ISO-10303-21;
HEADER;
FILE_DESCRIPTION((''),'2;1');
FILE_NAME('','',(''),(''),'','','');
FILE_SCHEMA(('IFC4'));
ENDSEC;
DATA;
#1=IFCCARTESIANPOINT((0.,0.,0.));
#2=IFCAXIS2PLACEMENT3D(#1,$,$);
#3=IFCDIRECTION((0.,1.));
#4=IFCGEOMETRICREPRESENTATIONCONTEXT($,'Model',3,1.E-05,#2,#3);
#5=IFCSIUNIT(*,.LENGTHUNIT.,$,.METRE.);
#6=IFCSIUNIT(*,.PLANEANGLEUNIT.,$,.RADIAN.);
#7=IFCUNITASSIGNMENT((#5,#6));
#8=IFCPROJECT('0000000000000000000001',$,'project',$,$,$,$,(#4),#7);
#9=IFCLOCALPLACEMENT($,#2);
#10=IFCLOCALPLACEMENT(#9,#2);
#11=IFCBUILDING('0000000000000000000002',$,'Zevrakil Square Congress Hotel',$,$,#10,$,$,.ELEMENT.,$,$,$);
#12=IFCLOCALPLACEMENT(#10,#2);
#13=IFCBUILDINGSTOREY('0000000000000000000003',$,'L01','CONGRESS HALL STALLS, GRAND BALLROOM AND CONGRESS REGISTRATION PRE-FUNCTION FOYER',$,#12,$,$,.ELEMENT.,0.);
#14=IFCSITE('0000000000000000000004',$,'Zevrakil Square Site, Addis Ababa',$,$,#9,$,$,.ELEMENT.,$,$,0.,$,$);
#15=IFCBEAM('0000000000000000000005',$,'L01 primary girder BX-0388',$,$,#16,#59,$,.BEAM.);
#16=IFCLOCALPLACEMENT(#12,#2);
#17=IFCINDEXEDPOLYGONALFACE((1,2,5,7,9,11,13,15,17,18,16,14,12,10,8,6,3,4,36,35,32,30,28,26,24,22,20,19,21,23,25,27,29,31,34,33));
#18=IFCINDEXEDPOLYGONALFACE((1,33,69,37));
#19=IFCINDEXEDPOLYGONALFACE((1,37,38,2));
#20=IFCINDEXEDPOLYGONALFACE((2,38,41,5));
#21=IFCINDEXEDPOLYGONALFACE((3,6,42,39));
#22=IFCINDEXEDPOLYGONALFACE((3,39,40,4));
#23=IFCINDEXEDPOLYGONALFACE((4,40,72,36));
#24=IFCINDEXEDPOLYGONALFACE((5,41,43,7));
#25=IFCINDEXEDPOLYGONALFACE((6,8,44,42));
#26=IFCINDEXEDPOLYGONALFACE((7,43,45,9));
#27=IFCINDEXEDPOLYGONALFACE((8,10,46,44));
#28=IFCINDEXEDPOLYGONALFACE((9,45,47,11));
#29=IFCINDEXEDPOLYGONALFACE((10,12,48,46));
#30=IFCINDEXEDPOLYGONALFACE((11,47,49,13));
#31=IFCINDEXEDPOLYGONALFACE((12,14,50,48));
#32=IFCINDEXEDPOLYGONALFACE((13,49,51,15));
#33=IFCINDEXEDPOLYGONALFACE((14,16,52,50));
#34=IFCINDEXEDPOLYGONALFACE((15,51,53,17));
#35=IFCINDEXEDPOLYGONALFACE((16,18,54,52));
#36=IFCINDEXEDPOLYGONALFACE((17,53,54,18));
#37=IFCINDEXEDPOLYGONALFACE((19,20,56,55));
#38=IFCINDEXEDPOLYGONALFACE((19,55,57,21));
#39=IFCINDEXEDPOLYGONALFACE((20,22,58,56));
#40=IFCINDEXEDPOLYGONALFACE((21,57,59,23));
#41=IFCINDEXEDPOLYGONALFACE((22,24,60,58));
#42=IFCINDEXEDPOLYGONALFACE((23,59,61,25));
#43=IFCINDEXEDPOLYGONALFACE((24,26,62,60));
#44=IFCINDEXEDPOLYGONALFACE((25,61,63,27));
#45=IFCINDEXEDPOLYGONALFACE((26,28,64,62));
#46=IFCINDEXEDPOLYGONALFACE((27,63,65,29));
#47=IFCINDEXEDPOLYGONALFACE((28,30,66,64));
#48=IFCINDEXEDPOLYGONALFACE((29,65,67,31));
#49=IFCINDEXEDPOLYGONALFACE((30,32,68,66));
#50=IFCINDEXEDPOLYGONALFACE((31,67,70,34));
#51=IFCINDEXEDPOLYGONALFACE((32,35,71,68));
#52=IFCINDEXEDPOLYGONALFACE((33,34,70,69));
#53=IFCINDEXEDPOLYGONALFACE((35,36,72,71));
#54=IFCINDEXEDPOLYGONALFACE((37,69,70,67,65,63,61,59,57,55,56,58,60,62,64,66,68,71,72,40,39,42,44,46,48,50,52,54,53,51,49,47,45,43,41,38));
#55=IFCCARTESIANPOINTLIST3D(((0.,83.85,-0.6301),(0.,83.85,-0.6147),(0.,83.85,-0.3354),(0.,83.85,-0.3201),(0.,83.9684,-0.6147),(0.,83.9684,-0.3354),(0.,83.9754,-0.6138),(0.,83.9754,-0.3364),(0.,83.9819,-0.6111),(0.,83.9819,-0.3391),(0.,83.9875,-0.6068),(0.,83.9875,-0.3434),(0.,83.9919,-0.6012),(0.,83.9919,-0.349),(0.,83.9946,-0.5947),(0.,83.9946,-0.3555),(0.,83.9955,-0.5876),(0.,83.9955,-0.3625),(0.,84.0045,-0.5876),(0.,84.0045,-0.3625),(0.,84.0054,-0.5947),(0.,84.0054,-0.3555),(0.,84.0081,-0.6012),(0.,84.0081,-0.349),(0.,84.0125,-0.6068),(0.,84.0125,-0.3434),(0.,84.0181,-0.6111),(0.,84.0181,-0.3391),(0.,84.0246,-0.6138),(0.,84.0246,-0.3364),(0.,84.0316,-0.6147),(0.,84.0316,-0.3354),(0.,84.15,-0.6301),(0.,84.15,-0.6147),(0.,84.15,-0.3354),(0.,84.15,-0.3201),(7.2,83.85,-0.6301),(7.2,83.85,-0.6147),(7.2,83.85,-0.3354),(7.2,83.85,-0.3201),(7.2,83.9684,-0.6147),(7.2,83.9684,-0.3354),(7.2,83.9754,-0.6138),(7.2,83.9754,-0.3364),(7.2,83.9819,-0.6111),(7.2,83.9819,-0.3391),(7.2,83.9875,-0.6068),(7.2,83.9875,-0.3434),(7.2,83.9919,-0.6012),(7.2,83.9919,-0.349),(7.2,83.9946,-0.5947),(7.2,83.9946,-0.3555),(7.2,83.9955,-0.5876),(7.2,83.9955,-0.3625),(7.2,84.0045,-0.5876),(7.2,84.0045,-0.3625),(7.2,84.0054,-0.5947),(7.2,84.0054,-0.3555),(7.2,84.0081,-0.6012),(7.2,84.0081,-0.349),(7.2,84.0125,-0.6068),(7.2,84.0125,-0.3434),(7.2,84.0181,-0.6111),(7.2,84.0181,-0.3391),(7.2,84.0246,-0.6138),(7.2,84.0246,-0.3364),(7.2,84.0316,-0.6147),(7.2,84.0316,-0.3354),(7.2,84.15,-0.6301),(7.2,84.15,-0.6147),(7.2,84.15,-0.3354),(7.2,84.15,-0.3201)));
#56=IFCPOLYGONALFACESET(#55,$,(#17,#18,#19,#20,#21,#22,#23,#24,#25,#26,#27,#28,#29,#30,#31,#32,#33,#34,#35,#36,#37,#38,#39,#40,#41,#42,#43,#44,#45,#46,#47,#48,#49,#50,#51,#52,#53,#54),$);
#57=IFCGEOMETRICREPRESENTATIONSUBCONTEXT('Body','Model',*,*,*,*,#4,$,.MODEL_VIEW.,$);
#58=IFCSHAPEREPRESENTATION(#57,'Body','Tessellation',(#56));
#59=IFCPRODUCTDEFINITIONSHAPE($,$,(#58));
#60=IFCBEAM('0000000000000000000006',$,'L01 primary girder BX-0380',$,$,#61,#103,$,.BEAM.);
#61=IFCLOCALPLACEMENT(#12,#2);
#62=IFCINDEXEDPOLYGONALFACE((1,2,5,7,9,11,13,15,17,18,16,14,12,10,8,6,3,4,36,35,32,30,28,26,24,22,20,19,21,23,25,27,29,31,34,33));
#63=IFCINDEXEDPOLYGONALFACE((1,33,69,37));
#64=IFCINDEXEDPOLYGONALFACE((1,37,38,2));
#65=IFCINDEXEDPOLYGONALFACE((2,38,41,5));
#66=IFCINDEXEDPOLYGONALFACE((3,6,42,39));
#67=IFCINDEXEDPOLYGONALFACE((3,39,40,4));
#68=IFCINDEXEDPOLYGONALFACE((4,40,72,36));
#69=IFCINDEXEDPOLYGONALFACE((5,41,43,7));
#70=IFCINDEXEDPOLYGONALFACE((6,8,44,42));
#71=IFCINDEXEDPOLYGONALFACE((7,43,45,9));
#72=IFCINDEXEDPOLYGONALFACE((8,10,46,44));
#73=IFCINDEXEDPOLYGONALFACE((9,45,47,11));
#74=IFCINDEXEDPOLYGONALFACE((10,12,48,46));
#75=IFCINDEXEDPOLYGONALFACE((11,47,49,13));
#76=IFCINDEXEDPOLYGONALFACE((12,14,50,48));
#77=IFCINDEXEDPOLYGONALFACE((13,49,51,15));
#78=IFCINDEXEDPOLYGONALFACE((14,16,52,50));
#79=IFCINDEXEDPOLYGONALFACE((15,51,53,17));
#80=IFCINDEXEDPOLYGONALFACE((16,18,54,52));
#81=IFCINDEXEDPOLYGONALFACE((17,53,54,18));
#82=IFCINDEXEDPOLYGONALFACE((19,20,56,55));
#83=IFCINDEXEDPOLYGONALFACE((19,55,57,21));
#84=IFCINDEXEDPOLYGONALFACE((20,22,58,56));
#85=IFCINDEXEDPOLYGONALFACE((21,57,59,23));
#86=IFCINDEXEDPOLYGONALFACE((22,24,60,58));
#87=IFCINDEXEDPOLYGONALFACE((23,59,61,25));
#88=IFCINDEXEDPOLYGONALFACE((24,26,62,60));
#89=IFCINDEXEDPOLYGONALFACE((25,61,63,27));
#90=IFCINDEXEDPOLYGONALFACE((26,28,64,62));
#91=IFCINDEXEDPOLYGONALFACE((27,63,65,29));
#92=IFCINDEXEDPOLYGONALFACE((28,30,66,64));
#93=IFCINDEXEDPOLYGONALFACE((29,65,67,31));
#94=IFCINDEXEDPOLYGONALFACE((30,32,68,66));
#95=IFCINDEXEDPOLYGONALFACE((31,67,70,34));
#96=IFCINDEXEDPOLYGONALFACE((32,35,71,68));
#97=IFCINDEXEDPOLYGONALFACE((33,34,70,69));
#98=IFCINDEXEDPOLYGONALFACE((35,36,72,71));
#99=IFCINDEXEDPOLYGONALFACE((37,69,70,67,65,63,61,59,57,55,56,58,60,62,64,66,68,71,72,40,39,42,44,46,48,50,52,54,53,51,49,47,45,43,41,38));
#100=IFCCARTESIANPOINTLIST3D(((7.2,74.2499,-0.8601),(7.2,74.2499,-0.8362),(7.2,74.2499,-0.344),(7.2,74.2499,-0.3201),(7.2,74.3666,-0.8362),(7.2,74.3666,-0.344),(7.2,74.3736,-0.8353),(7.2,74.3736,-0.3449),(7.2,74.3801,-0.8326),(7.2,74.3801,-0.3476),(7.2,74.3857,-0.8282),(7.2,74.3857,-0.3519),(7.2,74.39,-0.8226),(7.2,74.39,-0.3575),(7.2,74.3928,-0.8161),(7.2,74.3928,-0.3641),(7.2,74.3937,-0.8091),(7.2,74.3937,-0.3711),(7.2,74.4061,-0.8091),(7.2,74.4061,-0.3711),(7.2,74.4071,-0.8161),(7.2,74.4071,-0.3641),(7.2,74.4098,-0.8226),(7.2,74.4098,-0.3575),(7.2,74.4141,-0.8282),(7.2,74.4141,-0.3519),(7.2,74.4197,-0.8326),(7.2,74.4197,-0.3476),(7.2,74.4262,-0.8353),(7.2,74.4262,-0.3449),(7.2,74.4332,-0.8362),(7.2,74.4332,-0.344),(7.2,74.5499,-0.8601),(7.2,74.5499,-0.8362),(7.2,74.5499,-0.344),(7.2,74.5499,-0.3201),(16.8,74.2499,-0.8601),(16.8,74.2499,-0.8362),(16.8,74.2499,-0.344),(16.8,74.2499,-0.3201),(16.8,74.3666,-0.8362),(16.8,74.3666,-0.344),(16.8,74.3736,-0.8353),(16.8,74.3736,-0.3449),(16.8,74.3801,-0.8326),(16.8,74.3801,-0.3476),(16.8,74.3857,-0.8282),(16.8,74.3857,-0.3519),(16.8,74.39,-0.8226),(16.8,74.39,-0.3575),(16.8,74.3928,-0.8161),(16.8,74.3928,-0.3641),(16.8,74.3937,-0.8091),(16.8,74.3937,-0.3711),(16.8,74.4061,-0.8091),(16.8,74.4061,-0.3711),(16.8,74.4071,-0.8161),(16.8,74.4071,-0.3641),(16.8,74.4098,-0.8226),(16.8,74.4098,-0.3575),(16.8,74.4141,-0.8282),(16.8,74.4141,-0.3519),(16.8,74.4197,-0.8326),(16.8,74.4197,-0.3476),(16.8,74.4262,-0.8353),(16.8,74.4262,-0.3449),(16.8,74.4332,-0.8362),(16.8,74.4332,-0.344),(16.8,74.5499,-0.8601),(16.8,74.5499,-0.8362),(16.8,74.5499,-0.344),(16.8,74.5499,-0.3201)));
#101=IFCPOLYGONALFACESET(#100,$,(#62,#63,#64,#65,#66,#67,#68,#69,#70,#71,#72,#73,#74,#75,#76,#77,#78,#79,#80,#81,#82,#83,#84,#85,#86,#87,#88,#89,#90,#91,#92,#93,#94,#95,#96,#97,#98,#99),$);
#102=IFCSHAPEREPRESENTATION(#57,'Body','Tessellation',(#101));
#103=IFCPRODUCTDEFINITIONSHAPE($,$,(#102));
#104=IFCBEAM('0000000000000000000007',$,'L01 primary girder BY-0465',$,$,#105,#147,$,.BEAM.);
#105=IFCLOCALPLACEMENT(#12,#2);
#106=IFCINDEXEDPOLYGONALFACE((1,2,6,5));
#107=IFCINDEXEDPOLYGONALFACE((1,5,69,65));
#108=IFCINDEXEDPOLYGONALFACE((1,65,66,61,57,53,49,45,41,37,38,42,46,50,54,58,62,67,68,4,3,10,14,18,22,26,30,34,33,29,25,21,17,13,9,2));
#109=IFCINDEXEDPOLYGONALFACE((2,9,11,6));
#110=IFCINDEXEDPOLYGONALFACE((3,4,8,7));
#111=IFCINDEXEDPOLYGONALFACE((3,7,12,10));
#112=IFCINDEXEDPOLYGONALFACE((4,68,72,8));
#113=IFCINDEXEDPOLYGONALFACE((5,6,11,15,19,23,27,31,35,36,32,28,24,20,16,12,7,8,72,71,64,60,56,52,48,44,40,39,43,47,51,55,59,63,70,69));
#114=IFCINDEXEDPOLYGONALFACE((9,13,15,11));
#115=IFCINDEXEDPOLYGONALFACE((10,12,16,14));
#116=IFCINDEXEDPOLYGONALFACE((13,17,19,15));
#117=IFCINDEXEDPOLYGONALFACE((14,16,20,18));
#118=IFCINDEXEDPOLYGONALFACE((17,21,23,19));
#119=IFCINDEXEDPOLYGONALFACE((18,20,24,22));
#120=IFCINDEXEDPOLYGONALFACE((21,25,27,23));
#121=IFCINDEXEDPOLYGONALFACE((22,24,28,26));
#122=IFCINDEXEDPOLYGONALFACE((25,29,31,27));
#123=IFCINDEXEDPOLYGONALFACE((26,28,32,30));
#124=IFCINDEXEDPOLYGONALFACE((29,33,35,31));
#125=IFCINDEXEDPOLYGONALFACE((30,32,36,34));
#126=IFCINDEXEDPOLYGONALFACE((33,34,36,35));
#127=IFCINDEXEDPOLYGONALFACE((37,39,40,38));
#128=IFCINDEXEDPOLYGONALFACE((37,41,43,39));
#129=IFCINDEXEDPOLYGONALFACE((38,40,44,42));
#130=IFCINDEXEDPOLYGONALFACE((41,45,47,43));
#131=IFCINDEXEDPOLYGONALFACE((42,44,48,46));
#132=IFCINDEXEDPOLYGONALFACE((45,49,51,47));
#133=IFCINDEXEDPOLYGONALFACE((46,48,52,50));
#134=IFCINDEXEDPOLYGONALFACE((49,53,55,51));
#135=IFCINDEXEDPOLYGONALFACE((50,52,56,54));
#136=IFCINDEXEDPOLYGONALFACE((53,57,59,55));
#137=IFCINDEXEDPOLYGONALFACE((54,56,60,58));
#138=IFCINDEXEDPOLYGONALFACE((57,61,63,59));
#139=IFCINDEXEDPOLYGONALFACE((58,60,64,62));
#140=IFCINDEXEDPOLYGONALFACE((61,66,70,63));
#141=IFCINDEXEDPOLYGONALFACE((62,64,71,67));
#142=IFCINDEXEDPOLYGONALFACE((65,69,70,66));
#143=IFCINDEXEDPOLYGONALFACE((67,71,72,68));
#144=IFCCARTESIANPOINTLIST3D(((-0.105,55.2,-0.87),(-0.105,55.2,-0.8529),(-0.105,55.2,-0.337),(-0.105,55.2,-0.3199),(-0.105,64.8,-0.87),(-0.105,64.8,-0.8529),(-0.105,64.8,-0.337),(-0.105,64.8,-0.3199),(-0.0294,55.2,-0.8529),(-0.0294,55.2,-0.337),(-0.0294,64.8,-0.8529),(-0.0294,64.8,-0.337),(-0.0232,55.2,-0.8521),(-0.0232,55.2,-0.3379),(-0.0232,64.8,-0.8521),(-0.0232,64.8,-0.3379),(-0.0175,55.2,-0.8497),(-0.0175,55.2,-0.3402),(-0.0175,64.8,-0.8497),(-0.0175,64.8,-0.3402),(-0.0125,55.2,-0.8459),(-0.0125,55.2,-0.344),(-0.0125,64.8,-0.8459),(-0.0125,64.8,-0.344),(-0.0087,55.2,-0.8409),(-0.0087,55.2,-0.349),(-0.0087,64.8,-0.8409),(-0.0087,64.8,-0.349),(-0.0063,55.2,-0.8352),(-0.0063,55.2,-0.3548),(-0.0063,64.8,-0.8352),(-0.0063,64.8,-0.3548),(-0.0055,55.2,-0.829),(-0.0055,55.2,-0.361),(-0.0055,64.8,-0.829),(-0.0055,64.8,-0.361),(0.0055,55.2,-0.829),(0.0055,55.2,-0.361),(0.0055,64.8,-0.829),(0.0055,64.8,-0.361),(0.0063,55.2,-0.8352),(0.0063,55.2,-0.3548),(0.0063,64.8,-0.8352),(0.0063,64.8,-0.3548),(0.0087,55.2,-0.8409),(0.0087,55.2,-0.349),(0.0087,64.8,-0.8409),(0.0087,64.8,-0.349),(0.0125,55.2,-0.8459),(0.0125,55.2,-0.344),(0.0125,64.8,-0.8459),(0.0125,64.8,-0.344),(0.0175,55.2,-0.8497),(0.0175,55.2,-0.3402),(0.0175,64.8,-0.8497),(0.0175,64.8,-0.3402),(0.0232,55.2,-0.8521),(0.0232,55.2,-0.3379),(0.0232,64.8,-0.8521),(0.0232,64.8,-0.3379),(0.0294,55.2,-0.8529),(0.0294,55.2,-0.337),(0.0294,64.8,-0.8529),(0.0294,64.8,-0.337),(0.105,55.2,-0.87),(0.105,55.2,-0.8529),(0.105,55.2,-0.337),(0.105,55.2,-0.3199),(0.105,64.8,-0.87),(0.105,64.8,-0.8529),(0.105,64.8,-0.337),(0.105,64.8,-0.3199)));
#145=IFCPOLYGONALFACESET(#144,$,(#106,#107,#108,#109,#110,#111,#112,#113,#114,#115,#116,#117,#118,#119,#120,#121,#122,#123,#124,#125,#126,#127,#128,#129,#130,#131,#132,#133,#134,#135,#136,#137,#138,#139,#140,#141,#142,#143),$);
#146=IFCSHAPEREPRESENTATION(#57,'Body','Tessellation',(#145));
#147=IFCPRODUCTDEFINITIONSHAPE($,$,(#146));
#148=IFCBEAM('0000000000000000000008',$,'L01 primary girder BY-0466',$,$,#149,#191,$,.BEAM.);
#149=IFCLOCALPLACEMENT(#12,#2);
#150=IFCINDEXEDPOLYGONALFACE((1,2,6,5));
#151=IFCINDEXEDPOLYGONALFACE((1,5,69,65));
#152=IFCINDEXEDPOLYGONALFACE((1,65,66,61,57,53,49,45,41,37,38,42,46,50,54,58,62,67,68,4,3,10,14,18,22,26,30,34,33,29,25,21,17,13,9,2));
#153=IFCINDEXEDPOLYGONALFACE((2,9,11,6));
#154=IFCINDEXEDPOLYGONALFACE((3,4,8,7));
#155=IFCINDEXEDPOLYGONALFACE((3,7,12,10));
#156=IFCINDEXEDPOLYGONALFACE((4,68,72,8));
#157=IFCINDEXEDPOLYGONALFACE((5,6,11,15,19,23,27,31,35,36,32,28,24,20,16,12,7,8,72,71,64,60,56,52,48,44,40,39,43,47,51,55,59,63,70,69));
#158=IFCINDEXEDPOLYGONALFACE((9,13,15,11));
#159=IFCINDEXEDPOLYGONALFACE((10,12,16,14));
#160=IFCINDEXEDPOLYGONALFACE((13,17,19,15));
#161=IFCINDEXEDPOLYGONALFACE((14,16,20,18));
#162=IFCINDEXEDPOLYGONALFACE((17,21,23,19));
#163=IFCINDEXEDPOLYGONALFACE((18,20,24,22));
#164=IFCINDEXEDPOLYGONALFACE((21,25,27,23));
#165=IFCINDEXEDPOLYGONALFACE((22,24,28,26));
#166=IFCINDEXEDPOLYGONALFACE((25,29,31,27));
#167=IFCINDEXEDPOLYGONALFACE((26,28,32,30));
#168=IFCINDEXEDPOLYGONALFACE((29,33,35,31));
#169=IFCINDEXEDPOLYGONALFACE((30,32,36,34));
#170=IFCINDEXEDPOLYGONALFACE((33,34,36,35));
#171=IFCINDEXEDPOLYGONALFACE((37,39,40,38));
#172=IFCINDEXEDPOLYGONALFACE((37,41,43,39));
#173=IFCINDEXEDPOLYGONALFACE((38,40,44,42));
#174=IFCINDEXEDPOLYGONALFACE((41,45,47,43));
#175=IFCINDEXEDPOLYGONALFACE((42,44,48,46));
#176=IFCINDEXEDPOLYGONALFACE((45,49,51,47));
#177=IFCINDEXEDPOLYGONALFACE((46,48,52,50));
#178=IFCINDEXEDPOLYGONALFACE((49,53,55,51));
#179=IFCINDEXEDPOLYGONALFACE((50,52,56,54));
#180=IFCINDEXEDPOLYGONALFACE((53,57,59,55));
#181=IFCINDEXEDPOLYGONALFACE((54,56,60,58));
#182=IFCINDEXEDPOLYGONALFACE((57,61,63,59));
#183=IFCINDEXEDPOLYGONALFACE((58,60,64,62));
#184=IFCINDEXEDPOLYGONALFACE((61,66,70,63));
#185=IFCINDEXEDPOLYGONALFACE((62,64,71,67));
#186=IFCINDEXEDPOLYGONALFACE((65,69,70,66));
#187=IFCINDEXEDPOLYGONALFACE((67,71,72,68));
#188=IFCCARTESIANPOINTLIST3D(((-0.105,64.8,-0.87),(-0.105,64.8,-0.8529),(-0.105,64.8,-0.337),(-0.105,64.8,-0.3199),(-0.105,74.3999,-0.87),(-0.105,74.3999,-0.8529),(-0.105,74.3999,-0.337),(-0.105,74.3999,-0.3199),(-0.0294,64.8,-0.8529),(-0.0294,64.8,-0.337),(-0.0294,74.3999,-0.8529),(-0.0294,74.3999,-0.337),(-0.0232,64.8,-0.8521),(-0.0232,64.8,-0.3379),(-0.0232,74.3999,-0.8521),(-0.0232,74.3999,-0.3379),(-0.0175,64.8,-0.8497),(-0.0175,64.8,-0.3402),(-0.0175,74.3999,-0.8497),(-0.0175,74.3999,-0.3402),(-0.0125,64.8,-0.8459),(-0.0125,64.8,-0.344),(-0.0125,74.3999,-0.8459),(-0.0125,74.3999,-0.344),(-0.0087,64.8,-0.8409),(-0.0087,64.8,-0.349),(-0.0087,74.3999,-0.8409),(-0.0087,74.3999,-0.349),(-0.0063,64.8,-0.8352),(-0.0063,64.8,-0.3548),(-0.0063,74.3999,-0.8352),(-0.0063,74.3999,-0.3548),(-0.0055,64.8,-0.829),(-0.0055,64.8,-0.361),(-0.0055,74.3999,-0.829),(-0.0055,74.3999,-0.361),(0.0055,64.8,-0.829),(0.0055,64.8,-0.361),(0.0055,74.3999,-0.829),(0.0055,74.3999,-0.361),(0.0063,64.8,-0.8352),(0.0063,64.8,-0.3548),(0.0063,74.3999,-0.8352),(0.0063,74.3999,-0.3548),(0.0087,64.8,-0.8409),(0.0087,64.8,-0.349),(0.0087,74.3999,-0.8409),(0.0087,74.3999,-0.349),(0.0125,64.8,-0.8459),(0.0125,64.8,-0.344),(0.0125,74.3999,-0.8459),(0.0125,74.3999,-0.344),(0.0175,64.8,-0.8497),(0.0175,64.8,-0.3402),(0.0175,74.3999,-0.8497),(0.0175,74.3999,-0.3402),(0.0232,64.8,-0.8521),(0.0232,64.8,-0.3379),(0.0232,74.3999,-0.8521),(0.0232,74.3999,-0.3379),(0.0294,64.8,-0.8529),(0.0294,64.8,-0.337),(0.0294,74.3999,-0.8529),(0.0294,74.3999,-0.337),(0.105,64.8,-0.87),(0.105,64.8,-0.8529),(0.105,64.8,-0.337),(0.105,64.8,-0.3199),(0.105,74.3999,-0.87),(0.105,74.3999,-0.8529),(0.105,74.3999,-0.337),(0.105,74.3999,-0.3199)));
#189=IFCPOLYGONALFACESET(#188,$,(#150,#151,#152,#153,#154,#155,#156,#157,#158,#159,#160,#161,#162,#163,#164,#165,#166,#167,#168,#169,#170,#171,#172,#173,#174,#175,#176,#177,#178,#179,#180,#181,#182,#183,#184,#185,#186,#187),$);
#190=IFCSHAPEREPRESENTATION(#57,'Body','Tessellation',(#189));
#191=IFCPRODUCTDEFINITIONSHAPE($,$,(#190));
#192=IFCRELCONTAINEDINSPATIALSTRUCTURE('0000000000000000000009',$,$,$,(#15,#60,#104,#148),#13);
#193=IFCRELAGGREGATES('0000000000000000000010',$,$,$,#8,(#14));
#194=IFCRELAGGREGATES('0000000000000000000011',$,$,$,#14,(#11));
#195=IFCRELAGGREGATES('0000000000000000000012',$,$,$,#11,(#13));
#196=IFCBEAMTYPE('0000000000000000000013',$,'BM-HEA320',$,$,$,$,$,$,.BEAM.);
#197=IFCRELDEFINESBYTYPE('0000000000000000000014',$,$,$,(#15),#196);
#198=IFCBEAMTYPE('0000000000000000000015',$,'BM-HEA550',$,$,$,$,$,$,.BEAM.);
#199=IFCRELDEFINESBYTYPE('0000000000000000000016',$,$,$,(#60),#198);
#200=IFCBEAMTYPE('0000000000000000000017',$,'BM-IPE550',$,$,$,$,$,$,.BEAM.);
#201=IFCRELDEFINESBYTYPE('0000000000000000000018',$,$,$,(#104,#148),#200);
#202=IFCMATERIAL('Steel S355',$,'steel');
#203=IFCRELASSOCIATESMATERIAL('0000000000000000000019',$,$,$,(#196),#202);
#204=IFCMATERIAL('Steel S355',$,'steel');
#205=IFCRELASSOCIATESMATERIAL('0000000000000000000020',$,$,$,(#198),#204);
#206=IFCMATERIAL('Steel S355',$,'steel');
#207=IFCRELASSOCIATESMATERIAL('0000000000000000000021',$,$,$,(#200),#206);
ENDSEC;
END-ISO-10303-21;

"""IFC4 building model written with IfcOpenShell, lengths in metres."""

from ifc_helpers import new_model, si_unit, direction, frame, origin, origin_2d, place, context, subcontext, project, spatial, i_section, extrude, material, material_profile, profile_set, type_object, element, save


model = new_model("IFC4")

# Units and contexts
model_context = context("Model", 3, precision=1e-05, world=origin(), true_north=direction((0.0, 1.0)))
body_context = subcontext(model_context, "Body", "Model", "MODEL_VIEW")
ifc_project = project(units=[si_unit("LENGTHUNIT", "METRE"), si_unit("PLANEANGLEUNIT", "RADIAN")], contexts=[model_context])

# Site, building, storey
site_placement = place(None, origin())
site = spatial("IfcSite", under=ifc_project, at=site_placement, Name="Zevrakil Square Site, Addis Ababa", CompositionType="ELEMENT", RefElevation=0.0)
building_placement = place(site_placement, origin())
building = spatial("IfcBuilding", under=site, at=building_placement, Name="Zevrakil Square Congress Hotel", CompositionType="ELEMENT")
storey_placement = place(building_placement, origin())
storey = spatial("IfcBuildingStorey", under=building, at=storey_placement, Name="L01", Description="CONGRESS HALL STALLS, GRAND BALLROOM AND CONGRESS REGISTRATION PRE-FUNCTION FOYER", CompositionType="ELEMENT", Elevation=0.0)

# Beams
ifc_material_1 = material(Name="Steel S355", Category="steel")
ifc_material_profile_1 = material_profile(ifc_material_1, i_section(OverallWidth=0.3, OverallDepth=0.3101, WebThickness=0.009, FlangeThickness=0.0154, FilletRadius=0.0271, at=origin_2d()), Name="HEA 320")
ifc_profile_set_1 = profile_set([ifc_material_profile_1], Name="Steel S355")
beam_type_1 = type_object("IfcBeamType", Name="BM-HEA320", PredefinedType="BEAM", material=ifc_profile_set_1)
for number, where, z_axis, x_axis, name in (
    (1, (0.0, 84.0, -0.4751), (1.0, 0.0, 0.0), (0.0, 1.0, 0.0), "L01 primary girder BX-0388"),
):
    element("IfcBeam", number, at=place(storey_placement, frame(where, z_axis=z_axis, x_axis=x_axis)), inside=storey, type_object=beam_type_1, Name=name, PredefinedType="BEAM", context=body_context, shape_type="SweptSolid", body=[
        extrude(i_section(OverallWidth=0.3, OverallDepth=0.3101, WebThickness=0.009, FlangeThickness=0.0154, FilletRadius=0.0271, at=origin_2d()), origin(), (0.0, 0.0, 1.0), 7.2),
    ])
ifc_material_2 = material(Name="Steel S355", Category="steel")
ifc_material_profile_2 = material_profile(ifc_material_2, i_section(OverallWidth=0.3, OverallDepth=0.54, WebThickness=0.0125, FlangeThickness=0.0239, FilletRadius=0.0271, at=origin_2d()), Name="HEA 550")
ifc_profile_set_2 = profile_set([ifc_material_profile_2], Name="Steel S355")
beam_type_2 = type_object("IfcBeamType", Name="BM-HEA550", PredefinedType="BEAM", material=ifc_profile_set_2)
beam_1_placement = place(storey_placement, frame((7.2, 74.3999, -0.5901), z_axis=(1.0, 0.0, 0.0), x_axis=(0.0, 1.0, 0.0)))
element("IfcBeam", 2, at=beam_1_placement, inside=storey, type_object=beam_type_2, Name="L01 primary girder BX-0380", PredefinedType="BEAM", context=body_context, shape_type="SweptSolid", body=[
    extrude(i_section(OverallWidth=0.3, OverallDepth=0.54, WebThickness=0.0125, FlangeThickness=0.0239, FilletRadius=0.0271, at=origin_2d()), origin(), (0.0, 0.0, 1.0), 9.6001),
])
ifc_material_3 = material(Name="Steel S355", Category="steel")
ifc_material_profile_3 = material_profile(ifc_material_3, i_section(OverallWidth=0.21, OverallDepth=0.55, WebThickness=0.011, FlangeThickness=0.0171, FilletRadius=0.0239, at=origin_2d()), Name="IPE 550")
ifc_profile_set_3 = profile_set([ifc_material_profile_3], Name="Steel S355")
beam_type_3 = type_object("IfcBeamType", Name="BM-IPE550", PredefinedType="BEAM", material=ifc_profile_set_3)
beam_2_placement = place(storey_placement, frame((0.0, 55.2, -0.595), z_axis=(0.0, 1.0, 0.0), x_axis=(-1.0, 0.0, 0.0)))
element("IfcBeam", 3, at=beam_2_placement, inside=storey, type_object=beam_type_3, Name="L01 primary girder BY-0465", PredefinedType="BEAM", context=body_context, shape_type="SweptSolid", body=[
    extrude(i_section(OverallWidth=0.21, OverallDepth=0.55, WebThickness=0.011, FlangeThickness=0.0171, FilletRadius=0.0239, at=origin_2d()), origin(), (0.0, 0.0, 1.0), 9.6001),
])
beam_3_placement = place(storey_placement, frame((0.0, 64.8, -0.595), z_axis=(0.0, 1.0, 0.0), x_axis=(-1.0, 0.0, 0.0)))
element("IfcBeam", 4, at=beam_3_placement, inside=storey, type_object=beam_type_3, Name="L01 primary girder BY-0466", PredefinedType="BEAM", context=body_context, shape_type="SweptSolid", body=[
    extrude(i_section(OverallWidth=0.21, OverallDepth=0.55, WebThickness=0.011, FlangeThickness=0.0171, FilletRadius=0.0239, at=origin_2d()), origin(), (0.0, 0.0, 1.0), 9.5999),
])

save(model, "model.ifc")
